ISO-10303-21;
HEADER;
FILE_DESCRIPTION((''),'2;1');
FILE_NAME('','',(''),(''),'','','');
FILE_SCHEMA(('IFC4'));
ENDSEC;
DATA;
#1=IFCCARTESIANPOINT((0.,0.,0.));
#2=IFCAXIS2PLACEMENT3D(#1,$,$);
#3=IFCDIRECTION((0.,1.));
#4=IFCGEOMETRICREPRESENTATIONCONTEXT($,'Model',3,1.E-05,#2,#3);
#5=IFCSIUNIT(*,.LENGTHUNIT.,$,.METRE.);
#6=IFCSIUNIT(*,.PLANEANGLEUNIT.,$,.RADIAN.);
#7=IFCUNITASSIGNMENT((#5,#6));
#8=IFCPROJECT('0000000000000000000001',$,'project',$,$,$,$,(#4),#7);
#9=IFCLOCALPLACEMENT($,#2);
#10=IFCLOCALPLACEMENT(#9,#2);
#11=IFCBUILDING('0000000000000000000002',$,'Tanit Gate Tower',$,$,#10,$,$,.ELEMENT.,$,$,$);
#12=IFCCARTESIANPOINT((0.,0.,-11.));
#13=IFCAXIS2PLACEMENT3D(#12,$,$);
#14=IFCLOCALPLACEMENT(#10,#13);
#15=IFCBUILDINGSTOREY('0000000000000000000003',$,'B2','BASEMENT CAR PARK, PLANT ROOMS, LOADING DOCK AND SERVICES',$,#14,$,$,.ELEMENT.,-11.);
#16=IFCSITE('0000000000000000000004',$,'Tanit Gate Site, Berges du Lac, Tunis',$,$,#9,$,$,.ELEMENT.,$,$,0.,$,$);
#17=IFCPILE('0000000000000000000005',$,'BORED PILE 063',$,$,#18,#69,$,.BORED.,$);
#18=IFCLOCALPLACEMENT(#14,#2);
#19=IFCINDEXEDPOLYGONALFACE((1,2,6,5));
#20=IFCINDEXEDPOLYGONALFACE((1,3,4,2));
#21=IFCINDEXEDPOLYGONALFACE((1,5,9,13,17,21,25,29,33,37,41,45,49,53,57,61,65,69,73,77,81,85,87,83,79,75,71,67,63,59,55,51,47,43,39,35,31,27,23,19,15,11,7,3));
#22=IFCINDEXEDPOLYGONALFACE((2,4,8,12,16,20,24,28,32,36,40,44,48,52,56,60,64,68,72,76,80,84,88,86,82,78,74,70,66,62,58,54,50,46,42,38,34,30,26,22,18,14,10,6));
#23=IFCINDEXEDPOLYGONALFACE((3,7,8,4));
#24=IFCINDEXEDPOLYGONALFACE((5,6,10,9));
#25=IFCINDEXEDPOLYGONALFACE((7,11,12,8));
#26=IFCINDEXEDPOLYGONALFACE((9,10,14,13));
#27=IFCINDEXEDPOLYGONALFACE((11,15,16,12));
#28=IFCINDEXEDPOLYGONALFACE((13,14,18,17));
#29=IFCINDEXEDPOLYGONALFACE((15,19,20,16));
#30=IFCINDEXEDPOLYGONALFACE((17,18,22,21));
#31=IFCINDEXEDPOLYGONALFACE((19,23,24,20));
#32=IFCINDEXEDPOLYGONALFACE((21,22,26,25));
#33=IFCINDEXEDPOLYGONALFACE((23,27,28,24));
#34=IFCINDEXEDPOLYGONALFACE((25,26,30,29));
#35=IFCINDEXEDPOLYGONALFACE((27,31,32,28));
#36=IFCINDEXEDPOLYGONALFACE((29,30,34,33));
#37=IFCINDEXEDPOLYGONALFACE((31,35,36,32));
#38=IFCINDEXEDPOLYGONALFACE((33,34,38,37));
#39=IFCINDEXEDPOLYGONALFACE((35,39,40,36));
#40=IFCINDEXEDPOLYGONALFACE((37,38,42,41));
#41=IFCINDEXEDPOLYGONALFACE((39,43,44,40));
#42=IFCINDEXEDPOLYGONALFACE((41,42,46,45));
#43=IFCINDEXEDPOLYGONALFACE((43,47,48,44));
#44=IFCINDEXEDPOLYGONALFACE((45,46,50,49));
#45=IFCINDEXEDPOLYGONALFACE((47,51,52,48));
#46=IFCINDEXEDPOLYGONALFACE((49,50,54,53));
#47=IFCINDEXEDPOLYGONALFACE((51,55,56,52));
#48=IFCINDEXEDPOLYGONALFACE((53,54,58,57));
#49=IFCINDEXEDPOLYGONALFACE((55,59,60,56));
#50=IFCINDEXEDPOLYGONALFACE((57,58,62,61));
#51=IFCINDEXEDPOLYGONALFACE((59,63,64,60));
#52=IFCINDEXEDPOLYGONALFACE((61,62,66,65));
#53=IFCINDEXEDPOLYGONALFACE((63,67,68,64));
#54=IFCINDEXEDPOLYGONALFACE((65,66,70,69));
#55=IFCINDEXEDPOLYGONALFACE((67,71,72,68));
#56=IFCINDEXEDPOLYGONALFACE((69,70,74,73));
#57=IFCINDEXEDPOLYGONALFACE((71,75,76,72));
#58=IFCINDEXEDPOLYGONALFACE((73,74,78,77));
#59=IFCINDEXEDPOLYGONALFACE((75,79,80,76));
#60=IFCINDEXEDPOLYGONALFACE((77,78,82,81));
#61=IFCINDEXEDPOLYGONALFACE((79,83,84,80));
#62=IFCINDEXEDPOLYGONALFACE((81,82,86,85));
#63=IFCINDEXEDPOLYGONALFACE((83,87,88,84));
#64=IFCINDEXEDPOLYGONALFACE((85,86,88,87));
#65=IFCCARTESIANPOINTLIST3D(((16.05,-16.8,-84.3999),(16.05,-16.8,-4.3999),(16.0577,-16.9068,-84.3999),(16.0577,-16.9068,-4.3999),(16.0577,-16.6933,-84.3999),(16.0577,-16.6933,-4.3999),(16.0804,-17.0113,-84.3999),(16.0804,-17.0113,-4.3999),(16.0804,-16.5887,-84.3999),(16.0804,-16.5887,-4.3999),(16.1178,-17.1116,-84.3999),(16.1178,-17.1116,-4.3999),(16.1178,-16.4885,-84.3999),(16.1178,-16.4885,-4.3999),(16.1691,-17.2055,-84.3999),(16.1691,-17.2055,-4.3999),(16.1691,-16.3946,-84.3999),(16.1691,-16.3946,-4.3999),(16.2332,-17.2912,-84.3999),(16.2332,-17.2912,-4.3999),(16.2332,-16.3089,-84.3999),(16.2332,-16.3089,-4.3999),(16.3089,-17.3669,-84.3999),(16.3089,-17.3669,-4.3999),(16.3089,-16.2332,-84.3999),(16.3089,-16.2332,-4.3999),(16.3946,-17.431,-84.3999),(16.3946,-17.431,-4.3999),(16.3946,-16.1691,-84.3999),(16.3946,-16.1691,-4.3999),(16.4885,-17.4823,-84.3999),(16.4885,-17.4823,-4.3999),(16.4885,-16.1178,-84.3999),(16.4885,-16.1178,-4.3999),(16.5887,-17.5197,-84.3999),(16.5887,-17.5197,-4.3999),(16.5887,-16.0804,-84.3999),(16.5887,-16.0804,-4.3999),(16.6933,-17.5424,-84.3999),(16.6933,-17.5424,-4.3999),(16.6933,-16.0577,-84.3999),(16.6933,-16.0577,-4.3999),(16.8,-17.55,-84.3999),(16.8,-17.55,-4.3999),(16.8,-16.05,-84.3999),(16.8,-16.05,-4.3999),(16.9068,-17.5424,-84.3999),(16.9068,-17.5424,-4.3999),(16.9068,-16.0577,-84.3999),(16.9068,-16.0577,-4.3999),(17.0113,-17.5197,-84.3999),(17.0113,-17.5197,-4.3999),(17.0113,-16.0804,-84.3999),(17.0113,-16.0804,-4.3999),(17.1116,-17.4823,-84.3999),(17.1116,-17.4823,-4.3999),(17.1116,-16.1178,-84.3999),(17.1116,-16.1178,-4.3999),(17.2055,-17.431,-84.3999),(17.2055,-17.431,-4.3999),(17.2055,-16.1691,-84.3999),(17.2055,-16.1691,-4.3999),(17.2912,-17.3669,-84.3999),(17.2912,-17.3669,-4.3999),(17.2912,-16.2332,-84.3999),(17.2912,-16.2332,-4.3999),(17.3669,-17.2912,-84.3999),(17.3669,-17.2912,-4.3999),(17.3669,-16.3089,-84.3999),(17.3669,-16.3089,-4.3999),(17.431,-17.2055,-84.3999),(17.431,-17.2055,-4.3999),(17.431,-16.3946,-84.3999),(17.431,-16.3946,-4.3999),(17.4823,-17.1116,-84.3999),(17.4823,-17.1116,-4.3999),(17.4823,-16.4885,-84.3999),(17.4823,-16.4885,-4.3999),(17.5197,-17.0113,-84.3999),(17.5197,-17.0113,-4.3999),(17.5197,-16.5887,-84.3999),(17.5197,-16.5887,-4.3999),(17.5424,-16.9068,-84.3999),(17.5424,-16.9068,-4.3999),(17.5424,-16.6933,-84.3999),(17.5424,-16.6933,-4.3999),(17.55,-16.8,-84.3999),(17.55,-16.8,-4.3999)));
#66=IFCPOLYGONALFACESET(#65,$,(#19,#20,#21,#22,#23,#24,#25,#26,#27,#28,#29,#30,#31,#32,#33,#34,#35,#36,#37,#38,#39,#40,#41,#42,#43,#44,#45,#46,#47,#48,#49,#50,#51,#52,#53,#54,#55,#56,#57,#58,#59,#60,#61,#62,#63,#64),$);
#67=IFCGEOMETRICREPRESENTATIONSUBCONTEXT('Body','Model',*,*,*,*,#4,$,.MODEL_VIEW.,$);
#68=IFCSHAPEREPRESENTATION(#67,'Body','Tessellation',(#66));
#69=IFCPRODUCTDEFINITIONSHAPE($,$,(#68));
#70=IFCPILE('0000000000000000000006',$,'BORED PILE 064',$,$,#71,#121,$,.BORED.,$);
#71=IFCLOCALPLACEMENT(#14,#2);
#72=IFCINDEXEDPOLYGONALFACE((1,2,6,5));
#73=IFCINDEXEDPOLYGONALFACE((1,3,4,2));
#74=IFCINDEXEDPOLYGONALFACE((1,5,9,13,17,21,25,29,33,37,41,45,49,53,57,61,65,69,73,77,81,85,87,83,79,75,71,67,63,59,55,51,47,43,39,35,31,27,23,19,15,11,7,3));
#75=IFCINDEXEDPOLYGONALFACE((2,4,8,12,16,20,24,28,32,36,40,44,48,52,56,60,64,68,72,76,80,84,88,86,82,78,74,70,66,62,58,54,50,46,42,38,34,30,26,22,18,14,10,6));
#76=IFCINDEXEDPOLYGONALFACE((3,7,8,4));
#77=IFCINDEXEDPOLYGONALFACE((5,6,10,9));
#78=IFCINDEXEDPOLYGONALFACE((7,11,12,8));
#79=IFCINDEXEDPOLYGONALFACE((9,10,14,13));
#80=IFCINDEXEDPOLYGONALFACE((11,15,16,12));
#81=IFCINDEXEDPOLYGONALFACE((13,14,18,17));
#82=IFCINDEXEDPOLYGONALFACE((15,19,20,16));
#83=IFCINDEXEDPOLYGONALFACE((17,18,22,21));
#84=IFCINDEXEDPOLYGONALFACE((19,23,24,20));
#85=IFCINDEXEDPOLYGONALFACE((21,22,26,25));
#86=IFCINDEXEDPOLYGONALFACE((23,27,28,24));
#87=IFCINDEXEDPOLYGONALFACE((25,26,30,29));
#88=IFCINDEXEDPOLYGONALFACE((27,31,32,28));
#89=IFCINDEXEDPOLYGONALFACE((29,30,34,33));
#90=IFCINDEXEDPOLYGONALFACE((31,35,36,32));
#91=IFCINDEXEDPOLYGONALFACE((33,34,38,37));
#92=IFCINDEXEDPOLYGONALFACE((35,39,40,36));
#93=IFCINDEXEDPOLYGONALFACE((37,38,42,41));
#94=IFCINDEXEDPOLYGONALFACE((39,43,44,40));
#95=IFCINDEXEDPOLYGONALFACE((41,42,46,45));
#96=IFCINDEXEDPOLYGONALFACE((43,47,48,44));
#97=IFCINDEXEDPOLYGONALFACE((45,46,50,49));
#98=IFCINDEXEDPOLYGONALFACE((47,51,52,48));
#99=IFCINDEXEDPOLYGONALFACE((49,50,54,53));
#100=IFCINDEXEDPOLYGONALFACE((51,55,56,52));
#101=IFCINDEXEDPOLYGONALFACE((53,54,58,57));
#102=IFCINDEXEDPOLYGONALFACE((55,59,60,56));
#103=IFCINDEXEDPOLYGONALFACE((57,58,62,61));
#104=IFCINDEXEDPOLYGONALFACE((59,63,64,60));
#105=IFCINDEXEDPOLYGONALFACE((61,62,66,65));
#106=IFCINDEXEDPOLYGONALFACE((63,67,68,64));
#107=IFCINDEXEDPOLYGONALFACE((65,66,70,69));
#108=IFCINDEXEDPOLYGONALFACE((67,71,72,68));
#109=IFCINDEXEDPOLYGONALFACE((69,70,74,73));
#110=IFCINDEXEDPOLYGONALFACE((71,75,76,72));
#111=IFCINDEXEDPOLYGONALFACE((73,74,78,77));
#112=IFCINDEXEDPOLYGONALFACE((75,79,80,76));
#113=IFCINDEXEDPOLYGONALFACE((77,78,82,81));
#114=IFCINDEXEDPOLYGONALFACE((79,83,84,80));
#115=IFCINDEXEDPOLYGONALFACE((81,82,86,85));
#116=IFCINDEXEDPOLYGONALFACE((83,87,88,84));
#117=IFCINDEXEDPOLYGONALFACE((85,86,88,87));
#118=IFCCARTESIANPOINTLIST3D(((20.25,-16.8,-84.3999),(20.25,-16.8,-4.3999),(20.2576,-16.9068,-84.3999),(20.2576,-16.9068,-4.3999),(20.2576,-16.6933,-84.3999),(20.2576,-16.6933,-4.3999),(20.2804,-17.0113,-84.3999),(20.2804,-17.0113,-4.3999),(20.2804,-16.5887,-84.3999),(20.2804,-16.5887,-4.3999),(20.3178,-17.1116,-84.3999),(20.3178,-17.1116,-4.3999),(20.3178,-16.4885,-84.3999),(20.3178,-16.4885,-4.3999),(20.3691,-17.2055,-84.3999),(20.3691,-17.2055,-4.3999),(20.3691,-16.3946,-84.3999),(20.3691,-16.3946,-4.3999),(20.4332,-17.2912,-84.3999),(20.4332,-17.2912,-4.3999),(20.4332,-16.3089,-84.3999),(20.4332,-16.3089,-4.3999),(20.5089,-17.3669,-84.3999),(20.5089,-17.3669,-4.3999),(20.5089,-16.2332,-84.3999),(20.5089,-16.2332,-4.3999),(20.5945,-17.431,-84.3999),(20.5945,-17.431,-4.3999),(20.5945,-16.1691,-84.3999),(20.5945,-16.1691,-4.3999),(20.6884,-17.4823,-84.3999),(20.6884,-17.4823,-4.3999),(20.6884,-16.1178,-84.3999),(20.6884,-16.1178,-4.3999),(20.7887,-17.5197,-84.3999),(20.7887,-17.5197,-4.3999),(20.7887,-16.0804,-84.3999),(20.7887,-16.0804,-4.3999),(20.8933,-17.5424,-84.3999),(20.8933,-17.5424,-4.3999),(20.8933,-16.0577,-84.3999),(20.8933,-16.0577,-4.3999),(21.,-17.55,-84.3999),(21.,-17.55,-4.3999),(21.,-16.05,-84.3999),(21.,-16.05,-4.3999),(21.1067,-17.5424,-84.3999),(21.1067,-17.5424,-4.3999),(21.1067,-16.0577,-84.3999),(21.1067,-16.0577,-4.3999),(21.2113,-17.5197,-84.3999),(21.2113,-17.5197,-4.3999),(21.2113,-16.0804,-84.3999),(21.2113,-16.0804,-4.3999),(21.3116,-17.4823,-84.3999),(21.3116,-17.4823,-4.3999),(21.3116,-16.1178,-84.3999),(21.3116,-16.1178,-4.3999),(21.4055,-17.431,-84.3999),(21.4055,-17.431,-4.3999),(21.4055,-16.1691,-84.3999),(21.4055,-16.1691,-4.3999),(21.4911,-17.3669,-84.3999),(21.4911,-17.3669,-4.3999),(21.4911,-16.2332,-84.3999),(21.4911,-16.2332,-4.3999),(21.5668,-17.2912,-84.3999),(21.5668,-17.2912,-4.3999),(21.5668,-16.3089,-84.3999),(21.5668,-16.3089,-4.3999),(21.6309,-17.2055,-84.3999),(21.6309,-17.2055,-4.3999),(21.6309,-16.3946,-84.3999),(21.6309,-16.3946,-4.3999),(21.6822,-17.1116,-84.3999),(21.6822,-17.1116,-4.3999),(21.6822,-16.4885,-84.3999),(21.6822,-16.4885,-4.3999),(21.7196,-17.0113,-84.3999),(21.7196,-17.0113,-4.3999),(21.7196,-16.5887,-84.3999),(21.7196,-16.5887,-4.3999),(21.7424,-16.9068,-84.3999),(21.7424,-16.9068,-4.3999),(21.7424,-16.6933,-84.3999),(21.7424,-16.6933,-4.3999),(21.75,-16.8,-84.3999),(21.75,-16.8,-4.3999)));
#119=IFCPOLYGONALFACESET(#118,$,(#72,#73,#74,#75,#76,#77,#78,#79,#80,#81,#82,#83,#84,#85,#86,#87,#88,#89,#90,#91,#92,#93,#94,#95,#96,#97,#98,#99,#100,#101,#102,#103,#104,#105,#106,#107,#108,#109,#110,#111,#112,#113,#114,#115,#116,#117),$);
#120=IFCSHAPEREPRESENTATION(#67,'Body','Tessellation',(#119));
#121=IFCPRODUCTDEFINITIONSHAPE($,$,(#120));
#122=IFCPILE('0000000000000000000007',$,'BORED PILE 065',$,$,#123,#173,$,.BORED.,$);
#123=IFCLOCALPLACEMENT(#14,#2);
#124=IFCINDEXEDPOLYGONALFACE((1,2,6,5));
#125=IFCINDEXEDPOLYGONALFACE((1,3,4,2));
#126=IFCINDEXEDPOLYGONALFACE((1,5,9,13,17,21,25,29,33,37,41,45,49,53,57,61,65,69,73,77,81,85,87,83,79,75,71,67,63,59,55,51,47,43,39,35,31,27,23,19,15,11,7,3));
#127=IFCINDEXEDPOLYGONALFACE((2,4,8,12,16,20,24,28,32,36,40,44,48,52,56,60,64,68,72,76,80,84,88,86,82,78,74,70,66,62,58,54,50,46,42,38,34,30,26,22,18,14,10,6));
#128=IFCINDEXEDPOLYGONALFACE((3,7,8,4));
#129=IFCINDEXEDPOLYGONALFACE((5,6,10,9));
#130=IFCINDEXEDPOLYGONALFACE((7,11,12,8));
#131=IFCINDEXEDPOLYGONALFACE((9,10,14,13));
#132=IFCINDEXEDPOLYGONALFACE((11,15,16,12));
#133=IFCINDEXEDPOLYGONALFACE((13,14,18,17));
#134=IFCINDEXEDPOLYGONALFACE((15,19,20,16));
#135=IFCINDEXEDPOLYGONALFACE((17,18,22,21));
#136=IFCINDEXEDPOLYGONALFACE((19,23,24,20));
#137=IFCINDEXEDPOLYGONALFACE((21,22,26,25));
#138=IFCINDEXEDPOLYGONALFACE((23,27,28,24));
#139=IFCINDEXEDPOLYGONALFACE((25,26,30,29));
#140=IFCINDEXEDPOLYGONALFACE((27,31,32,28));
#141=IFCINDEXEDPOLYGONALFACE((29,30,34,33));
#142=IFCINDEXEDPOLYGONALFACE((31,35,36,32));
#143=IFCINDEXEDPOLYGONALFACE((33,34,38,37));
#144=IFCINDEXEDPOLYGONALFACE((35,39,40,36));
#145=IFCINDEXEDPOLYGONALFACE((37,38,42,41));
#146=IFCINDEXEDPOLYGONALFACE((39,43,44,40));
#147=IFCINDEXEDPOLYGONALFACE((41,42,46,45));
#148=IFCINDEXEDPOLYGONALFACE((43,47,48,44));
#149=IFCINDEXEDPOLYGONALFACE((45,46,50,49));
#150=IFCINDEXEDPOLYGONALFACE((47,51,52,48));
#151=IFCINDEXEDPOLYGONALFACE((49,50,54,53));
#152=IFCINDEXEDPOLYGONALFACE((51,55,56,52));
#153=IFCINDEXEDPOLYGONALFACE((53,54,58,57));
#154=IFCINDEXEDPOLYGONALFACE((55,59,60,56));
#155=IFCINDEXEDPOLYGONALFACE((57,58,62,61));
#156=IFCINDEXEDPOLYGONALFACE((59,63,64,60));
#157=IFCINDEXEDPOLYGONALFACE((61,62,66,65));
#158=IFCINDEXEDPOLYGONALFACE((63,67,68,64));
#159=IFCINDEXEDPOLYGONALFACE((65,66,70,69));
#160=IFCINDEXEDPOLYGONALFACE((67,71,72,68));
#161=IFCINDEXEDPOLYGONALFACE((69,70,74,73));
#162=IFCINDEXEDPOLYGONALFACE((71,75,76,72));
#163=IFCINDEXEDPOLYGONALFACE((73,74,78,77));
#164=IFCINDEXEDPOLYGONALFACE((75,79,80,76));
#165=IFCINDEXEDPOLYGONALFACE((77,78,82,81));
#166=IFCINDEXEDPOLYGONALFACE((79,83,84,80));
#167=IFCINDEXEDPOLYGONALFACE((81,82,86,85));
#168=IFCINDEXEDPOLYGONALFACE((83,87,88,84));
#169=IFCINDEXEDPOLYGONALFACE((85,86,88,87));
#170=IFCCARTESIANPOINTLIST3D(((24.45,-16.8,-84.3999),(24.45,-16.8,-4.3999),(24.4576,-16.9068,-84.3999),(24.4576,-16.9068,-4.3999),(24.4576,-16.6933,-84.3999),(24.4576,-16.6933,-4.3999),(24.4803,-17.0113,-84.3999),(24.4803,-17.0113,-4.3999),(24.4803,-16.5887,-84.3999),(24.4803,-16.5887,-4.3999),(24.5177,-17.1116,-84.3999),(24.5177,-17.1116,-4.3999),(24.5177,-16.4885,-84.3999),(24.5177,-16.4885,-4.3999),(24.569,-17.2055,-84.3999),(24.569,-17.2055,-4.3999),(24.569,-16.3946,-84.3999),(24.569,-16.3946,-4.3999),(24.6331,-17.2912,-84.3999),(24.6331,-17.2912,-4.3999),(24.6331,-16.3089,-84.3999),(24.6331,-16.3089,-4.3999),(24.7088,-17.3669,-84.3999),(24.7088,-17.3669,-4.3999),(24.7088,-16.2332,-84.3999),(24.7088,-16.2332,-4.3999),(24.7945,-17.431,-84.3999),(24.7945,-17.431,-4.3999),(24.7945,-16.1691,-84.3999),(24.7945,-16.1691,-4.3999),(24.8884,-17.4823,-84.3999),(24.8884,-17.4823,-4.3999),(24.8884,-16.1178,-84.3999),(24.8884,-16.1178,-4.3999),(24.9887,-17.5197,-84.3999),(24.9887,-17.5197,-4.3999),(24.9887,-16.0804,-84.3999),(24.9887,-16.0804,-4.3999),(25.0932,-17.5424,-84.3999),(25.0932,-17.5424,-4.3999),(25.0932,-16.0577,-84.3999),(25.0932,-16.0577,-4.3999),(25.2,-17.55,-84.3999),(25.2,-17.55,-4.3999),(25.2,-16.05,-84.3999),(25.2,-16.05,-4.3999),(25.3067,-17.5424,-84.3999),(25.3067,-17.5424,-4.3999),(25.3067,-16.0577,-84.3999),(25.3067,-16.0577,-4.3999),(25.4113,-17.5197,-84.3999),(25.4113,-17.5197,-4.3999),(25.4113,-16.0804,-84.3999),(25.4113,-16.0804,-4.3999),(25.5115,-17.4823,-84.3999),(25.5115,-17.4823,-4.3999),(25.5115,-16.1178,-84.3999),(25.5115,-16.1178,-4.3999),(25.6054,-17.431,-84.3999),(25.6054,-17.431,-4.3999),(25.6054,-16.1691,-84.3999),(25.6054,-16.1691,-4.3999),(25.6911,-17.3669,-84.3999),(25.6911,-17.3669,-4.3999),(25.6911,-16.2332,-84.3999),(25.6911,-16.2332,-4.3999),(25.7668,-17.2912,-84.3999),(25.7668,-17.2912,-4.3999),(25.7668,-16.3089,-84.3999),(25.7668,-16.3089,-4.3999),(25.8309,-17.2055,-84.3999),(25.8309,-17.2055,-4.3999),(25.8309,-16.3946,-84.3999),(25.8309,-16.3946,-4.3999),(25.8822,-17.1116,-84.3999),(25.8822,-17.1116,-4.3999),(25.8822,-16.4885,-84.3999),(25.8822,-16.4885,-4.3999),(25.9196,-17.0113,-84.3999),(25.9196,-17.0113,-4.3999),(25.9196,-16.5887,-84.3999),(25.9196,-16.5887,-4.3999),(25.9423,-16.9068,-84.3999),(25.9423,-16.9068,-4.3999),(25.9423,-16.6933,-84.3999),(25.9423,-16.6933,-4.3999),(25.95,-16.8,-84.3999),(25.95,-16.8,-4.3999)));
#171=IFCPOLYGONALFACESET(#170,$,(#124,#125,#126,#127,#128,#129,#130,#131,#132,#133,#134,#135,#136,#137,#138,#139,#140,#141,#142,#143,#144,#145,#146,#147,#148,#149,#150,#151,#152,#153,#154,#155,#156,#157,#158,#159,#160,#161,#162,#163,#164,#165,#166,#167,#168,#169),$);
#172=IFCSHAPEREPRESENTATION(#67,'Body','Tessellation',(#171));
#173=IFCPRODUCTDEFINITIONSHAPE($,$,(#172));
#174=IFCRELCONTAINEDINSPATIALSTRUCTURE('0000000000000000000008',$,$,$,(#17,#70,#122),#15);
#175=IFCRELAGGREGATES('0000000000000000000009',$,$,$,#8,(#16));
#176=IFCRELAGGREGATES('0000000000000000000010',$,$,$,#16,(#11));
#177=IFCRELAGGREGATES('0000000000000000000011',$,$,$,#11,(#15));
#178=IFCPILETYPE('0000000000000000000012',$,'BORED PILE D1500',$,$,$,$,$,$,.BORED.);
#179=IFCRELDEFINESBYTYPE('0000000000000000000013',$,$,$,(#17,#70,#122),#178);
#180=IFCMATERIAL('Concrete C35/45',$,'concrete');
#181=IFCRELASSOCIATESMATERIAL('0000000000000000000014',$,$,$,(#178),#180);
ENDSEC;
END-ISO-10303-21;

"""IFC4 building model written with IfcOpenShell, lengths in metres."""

from ifc_helpers import new_model, si_unit, direction, frame, origin, origin_2d, place, context, subcontext, project, spatial, circle, extrude, material, material_profile, profile_set, type_object, element, save


model = new_model("IFC4")

# Units and contexts
model_context = context("Model", 3, precision=1e-05, world=origin(), true_north=direction((0.0, 1.0)))
body_context = subcontext(model_context, "Body", "Model", "MODEL_VIEW")
ifc_project = project(units=[si_unit("LENGTHUNIT", "METRE"), si_unit("PLANEANGLEUNIT", "RADIAN")], contexts=[model_context])

# Site, building, storey
site_placement = place(None, origin())
site = spatial("IfcSite", under=ifc_project, at=site_placement, Name="Tanit Gate Site, Berges du Lac, Tunis", CompositionType="ELEMENT", RefElevation=0.0)
building_placement = place(site_placement, origin())
building = spatial("IfcBuilding", under=site, at=building_placement, Name="Tanit Gate Tower", CompositionType="ELEMENT")
storey_placement = place(building_placement, frame((0.0, 0.0, -11.0)))
storey = spatial("IfcBuildingStorey", under=building, at=storey_placement, Name="B2", Description="BASEMENT CAR PARK, PLANT ROOMS, LOADING DOCK AND SERVICES", CompositionType="ELEMENT", Elevation=-11.0)

# Piles
ifc_material_1 = material(Name="Concrete C35/45", Category="concrete")
ifc_material_profile = material_profile(ifc_material_1, circle(Radius=0.75, at=origin_2d()), Name="BORED PILE D1500 C35/45")
ifc_profile_set = profile_set([ifc_material_profile], Name="Concrete C35/45")
pile_type = type_object("IfcPileType", Name="BORED PILE D1500", PredefinedType="BORED", material=ifc_profile_set)
for number, where, z_axis, x_axis, name in (
    (1, (16.8, -16.8, -4.3999), (0.0, 0.0, -1.0), (1.0, 0.0, 0.0), "BORED PILE 063"),
    (2, (21.0, -16.8, -4.3999), (0.0, 0.0, -1.0), (1.0, 0.0, 0.0), "BORED PILE 064"),
    (3, (25.2, -16.8, -4.3999), (0.0, 0.0, -1.0), (1.0, 0.0, 0.0), "BORED PILE 065"),
):
    element("IfcPile", number, at=place(storey_placement, frame(where, z_axis=z_axis, x_axis=x_axis)), inside=storey, type_object=pile_type, Name=name, PredefinedType="BORED", context=body_context, shape_type="SweptSolid", body=[
        extrude(circle(Radius=0.75, at=origin_2d()), origin(), (0.0, 0.0, 1.0), 80.0),
    ])

save(model, "model.ifc")
